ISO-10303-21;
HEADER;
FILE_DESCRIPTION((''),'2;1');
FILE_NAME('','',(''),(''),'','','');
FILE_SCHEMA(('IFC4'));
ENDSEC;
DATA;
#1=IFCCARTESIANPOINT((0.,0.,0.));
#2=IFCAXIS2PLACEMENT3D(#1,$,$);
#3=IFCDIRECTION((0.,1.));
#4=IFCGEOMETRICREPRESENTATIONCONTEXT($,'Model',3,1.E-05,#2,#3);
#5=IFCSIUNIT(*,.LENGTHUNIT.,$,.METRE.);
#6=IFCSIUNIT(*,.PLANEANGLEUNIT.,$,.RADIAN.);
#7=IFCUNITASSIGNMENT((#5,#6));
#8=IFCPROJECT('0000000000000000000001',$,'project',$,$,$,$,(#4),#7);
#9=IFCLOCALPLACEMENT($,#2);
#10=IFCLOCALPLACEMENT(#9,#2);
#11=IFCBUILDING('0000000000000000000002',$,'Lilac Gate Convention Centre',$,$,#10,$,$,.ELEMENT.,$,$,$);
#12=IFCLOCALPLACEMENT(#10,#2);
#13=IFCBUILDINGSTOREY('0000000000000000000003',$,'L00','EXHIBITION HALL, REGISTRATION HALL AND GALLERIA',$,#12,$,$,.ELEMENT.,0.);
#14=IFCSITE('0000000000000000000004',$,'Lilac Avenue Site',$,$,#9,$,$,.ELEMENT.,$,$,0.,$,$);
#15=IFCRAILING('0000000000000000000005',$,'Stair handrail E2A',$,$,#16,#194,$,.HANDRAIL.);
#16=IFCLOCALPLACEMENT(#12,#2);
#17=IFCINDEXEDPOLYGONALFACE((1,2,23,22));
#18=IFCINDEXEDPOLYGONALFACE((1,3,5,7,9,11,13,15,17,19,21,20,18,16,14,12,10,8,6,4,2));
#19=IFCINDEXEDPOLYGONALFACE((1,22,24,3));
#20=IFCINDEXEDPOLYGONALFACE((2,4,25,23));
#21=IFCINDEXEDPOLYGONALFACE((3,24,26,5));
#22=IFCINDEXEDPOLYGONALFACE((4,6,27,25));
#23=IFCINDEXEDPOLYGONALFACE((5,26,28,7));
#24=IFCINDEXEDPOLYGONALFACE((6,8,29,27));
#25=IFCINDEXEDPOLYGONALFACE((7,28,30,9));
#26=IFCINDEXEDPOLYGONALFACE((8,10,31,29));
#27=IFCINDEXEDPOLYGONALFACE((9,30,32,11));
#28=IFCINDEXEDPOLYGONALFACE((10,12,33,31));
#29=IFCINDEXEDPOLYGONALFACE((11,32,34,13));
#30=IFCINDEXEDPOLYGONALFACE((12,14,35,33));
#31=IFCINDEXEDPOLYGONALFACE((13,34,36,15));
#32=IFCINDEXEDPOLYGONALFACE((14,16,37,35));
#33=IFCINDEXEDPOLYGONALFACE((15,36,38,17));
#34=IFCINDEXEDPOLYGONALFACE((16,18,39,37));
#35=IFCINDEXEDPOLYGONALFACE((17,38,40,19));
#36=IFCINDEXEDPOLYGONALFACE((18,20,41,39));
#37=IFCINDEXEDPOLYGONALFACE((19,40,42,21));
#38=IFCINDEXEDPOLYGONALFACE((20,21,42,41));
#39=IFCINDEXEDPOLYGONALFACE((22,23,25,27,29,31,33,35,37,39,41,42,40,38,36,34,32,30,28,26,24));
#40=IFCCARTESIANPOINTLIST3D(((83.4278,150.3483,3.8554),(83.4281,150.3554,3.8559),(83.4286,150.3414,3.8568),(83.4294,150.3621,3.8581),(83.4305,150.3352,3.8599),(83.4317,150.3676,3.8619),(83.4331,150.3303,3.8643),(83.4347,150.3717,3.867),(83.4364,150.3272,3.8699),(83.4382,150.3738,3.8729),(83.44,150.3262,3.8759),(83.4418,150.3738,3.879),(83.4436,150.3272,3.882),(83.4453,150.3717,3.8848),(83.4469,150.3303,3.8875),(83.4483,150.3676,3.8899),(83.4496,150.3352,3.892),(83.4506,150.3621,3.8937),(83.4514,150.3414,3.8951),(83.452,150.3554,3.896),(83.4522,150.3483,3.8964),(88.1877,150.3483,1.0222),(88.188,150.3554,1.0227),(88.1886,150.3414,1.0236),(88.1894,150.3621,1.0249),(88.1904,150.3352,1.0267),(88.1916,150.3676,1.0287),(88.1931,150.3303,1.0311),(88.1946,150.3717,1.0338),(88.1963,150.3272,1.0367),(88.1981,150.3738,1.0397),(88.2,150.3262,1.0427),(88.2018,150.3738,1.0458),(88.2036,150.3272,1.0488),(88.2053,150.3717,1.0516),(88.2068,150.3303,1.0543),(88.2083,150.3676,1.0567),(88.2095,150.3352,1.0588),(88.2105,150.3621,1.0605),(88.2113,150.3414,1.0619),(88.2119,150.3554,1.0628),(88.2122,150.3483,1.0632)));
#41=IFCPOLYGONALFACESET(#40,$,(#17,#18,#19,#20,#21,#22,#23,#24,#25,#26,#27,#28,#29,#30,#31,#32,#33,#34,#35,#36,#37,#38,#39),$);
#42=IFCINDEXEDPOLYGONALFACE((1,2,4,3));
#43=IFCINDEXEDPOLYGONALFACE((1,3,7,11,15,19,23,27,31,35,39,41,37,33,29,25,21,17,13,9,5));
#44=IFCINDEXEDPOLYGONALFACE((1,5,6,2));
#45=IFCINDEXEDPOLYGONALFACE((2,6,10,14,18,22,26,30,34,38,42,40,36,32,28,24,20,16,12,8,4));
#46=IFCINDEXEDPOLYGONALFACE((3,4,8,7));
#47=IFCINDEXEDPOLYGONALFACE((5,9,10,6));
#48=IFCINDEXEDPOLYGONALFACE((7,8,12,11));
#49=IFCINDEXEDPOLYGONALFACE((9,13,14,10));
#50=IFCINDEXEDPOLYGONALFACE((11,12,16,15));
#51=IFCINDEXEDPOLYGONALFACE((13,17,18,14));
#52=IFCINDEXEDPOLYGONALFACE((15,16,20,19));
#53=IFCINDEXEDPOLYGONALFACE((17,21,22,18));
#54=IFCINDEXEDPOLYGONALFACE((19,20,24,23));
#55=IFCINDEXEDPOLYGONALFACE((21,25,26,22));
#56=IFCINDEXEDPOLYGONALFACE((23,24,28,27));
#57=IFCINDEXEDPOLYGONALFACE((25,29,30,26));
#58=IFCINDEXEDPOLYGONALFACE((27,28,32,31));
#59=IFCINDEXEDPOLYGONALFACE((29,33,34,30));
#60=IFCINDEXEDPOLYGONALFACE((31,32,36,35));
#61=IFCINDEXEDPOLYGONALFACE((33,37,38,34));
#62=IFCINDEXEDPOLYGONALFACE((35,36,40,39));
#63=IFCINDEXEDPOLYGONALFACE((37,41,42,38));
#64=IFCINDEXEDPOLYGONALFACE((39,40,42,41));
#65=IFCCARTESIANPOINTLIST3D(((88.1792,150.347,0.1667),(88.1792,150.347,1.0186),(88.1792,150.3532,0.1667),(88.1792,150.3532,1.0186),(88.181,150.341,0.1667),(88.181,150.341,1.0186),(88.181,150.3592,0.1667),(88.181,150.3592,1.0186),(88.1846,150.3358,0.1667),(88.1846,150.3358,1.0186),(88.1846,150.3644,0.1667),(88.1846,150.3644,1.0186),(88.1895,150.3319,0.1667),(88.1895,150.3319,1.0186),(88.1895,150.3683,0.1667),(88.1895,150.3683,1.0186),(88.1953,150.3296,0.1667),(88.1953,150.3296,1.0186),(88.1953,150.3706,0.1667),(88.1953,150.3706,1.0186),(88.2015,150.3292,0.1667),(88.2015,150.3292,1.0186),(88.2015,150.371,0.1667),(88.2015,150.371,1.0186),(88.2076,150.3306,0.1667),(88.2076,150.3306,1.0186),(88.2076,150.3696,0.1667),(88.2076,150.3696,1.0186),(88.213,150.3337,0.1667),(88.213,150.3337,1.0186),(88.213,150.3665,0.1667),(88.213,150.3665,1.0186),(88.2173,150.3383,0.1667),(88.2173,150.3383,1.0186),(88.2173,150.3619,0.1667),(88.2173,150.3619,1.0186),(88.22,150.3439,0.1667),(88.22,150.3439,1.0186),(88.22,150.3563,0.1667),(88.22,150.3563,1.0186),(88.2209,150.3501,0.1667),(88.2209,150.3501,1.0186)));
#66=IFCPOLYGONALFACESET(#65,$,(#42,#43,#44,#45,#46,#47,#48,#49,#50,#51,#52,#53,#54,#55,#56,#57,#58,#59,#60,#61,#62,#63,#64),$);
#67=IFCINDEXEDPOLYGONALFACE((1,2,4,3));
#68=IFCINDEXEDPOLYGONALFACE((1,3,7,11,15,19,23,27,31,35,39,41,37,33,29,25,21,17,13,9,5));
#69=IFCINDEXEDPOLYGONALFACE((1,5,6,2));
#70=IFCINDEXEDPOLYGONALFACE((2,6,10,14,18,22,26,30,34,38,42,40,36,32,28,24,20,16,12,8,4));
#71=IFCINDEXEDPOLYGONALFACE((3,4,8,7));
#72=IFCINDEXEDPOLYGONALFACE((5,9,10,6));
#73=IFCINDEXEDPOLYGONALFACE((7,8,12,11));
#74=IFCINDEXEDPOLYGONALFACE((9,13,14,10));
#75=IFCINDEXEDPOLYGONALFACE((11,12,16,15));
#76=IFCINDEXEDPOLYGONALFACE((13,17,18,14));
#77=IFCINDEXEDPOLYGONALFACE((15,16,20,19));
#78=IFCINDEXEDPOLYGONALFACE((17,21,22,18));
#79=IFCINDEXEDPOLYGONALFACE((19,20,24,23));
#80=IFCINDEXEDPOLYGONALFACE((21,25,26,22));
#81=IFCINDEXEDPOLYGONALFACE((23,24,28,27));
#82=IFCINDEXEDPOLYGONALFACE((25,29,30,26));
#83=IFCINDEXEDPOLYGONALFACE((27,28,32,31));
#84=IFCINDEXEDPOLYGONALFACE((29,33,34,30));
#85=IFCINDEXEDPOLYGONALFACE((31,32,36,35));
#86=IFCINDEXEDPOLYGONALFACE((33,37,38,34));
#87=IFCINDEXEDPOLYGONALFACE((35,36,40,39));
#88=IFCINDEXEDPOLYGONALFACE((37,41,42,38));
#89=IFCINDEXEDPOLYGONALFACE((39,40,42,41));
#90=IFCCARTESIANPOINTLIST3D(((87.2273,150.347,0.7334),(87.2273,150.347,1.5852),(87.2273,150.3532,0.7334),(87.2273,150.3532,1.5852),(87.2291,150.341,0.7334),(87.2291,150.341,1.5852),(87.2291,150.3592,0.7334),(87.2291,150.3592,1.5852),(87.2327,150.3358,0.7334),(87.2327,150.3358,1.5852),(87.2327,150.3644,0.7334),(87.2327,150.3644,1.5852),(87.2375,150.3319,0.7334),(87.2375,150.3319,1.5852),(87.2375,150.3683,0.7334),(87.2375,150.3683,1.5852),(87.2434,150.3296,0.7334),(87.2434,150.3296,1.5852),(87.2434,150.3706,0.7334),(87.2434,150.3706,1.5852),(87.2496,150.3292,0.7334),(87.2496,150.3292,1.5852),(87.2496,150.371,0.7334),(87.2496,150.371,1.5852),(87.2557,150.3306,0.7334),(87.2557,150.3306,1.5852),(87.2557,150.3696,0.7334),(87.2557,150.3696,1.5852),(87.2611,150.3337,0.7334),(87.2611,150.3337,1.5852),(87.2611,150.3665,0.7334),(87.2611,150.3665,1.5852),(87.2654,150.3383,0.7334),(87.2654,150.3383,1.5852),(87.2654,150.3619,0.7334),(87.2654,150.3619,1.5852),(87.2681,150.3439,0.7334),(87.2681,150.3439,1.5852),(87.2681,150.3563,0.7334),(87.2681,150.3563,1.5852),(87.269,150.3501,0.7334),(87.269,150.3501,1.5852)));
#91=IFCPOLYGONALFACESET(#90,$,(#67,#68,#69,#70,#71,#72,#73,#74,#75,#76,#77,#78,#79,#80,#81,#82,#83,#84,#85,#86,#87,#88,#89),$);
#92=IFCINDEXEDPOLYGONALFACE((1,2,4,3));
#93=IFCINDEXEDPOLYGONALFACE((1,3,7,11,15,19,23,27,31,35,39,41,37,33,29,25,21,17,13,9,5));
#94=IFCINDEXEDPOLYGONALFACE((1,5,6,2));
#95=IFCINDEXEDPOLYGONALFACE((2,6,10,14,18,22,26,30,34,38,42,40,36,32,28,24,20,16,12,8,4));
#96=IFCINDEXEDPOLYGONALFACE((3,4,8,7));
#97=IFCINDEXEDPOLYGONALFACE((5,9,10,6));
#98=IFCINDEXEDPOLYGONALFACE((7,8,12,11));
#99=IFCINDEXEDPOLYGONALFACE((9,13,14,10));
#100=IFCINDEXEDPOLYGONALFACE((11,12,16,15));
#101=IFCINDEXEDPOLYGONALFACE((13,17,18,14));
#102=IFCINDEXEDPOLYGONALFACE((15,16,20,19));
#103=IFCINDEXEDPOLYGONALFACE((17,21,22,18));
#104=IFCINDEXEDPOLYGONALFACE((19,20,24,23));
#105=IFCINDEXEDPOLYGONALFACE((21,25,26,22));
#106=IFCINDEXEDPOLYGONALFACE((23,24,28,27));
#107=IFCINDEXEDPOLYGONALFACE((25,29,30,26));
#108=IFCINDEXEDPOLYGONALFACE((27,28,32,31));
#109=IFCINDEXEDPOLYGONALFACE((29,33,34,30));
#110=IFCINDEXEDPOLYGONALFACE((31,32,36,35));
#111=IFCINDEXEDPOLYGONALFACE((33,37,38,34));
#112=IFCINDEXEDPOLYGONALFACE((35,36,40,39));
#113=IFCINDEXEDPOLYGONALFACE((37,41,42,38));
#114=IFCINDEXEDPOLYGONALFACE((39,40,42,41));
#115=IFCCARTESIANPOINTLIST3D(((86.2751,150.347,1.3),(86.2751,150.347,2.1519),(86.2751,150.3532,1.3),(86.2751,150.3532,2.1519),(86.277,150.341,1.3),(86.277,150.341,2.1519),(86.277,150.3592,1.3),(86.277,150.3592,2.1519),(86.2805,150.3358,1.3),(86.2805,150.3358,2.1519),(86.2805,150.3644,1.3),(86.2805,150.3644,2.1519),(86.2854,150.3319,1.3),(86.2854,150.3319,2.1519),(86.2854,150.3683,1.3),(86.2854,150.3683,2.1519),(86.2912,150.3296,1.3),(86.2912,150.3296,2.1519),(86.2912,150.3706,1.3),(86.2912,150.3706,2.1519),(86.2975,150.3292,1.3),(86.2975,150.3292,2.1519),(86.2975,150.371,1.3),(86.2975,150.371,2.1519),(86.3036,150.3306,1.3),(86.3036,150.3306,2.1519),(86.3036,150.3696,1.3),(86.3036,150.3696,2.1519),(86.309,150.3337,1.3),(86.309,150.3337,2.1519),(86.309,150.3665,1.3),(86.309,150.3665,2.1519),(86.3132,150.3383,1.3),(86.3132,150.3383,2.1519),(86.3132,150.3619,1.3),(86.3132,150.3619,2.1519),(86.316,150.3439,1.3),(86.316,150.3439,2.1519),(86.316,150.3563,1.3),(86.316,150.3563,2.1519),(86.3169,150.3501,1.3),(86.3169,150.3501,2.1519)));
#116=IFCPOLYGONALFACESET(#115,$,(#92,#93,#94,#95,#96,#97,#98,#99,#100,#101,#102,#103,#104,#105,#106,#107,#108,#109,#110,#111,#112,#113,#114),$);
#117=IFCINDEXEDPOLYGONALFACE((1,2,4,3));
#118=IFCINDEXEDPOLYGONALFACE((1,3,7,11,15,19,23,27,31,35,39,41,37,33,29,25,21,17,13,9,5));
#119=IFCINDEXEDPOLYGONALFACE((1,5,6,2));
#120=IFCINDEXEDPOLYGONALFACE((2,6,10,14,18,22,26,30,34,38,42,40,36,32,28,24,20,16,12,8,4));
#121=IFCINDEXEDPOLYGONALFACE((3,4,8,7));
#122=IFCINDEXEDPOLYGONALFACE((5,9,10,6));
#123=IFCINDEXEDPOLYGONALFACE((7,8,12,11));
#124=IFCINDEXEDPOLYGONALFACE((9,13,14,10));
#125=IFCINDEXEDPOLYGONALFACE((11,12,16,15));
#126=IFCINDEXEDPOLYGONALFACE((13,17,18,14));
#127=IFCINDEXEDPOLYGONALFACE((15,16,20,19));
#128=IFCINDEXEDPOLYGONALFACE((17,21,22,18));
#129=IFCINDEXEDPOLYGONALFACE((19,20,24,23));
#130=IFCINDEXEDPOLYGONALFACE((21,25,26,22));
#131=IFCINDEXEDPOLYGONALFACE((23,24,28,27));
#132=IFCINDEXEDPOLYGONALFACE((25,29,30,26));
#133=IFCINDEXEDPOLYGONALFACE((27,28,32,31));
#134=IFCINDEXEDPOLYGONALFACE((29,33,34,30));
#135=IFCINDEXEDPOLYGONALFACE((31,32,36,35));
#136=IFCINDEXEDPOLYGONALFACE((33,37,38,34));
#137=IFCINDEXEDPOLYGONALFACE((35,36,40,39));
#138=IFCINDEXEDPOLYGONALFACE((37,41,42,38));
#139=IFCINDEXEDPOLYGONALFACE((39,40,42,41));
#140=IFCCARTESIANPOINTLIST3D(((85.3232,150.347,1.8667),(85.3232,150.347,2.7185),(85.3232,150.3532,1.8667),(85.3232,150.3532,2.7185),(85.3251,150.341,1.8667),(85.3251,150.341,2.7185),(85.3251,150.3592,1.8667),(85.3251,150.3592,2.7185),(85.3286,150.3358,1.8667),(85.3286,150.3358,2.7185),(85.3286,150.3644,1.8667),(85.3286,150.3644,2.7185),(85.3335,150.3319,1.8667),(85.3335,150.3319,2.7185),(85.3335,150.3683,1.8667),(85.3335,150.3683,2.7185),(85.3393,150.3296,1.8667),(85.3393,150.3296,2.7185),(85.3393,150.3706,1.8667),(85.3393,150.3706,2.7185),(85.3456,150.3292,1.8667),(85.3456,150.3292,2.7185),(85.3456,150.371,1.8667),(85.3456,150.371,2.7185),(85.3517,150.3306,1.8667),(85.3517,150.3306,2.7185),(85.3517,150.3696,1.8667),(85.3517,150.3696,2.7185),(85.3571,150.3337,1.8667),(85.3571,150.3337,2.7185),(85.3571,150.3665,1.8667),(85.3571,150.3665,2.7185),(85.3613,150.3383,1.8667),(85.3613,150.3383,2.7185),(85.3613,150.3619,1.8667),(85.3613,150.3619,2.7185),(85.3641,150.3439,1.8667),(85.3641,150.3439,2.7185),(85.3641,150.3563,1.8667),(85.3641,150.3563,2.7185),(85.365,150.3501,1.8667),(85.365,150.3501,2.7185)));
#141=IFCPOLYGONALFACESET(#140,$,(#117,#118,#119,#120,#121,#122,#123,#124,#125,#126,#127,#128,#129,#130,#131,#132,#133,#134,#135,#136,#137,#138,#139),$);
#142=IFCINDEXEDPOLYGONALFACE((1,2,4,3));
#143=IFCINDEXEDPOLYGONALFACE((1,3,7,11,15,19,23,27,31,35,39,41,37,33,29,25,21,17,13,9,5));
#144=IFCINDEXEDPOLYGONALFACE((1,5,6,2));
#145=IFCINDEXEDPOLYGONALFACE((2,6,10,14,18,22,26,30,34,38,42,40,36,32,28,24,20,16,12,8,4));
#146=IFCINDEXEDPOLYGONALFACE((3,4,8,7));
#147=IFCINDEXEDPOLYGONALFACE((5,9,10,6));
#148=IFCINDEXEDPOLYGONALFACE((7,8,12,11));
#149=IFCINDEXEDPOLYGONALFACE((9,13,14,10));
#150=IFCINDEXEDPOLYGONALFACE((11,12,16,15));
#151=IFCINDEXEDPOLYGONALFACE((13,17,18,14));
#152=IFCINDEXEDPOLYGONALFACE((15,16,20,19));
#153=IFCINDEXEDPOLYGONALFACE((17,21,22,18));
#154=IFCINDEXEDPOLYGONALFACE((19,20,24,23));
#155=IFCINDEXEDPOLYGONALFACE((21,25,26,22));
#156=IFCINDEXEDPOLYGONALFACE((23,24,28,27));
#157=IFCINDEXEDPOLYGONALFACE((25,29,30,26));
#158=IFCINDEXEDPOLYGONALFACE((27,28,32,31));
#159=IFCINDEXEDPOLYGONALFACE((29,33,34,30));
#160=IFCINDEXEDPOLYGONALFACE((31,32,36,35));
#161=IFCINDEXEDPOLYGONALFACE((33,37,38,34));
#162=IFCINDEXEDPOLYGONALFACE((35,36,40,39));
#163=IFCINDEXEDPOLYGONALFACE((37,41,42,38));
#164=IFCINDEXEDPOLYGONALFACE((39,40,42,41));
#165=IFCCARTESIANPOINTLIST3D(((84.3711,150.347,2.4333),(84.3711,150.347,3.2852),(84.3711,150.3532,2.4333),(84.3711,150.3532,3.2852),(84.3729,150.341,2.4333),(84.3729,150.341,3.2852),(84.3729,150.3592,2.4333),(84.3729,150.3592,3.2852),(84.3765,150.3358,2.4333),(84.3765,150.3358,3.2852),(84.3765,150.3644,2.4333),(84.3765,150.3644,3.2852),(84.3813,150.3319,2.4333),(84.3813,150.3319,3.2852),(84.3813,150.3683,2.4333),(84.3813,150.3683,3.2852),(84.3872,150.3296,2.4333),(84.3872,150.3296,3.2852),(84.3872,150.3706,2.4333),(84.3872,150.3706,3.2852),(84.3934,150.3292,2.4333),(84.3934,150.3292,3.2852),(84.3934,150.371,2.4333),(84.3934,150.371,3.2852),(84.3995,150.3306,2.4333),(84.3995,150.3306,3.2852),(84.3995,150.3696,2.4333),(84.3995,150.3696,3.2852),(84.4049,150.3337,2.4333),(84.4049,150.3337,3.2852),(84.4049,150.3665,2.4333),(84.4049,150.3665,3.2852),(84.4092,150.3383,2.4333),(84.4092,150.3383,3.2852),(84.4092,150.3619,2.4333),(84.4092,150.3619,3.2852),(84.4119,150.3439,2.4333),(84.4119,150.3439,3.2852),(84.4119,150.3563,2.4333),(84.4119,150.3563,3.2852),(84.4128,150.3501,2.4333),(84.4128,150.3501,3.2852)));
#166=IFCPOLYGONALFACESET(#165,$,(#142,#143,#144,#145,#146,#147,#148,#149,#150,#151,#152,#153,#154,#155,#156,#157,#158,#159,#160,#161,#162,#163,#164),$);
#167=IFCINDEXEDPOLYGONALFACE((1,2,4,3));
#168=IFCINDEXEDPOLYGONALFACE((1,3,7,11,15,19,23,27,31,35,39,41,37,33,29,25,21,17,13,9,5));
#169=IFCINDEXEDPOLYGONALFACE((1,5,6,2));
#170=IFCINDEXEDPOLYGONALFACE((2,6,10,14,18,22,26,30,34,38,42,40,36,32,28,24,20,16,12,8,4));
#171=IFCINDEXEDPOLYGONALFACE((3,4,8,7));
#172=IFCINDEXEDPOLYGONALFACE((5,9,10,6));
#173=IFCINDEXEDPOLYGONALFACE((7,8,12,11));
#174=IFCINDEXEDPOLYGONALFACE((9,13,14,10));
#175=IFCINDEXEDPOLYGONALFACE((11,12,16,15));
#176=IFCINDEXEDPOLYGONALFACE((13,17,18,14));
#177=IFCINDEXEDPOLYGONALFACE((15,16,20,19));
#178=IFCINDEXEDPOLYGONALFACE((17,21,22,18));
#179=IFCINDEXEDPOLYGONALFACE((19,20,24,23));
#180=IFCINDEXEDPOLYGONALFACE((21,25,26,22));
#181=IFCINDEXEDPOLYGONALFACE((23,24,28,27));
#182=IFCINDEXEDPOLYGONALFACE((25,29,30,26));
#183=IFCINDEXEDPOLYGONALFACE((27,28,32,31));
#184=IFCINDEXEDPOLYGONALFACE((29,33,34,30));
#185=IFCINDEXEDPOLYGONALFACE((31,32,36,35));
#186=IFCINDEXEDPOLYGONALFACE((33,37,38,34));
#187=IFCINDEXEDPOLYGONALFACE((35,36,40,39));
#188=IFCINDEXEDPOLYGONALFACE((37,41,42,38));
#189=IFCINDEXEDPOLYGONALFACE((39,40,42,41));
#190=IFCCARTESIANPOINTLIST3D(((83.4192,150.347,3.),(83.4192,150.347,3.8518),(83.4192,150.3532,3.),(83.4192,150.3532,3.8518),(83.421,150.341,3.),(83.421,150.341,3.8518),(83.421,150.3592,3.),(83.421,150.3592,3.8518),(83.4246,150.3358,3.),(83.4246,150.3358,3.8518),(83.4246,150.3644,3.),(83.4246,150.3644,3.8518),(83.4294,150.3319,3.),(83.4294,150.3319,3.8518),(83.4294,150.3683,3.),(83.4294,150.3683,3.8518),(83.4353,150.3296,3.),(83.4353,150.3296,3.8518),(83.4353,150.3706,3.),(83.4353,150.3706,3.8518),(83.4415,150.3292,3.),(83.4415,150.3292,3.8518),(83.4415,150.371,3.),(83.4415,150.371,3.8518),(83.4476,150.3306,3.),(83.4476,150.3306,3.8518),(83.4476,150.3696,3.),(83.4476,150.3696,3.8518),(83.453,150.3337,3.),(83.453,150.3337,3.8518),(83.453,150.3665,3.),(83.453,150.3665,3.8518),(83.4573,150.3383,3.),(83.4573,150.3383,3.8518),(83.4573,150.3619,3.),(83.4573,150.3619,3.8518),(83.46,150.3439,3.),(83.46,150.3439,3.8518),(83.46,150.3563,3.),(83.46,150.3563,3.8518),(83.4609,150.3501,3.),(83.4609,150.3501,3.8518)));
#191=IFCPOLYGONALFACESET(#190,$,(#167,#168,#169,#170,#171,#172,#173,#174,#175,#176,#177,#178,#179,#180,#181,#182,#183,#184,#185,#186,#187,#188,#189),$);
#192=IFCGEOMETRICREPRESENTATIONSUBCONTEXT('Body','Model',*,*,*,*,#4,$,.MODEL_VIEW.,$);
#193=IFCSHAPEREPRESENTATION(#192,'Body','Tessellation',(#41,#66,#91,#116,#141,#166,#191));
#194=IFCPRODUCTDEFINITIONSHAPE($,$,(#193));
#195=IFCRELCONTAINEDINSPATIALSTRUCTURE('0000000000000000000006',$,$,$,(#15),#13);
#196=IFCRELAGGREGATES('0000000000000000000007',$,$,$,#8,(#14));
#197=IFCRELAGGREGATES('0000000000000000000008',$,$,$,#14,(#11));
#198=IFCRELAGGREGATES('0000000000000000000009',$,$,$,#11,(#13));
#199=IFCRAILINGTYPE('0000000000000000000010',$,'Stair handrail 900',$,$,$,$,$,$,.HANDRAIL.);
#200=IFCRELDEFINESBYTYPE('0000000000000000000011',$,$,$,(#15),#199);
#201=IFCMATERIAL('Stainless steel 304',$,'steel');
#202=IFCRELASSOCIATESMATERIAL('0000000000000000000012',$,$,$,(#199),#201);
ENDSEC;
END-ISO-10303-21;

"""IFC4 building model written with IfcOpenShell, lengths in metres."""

from ifc_helpers import new_model, si_unit, direction, frame, origin, origin_2d, place, context, subcontext, project, spatial, circle, extrude, material, type_object, element, save


model = new_model("IFC4")

# Units and contexts
model_context = context("Model", 3, precision=1e-05, world=origin(), true_north=direction((0.0, 1.0)))
body_context = subcontext(model_context, "Body", "Model", "MODEL_VIEW")
ifc_project = project(units=[si_unit("LENGTHUNIT", "METRE"), si_unit("PLANEANGLEUNIT", "RADIAN")], contexts=[model_context])

# Site, building, storey
site_placement = place(None, origin())
site = spatial("IfcSite", under=ifc_project, at=site_placement, Name="Lilac Avenue Site", CompositionType="ELEMENT", RefElevation=0.0)
building_placement = place(site_placement, origin())
building = spatial("IfcBuilding", under=site, at=building_placement, Name="Lilac Gate Convention Centre", CompositionType="ELEMENT")
storey_placement = place(building_placement, origin())
storey = spatial("IfcBuildingStorey", under=building, at=storey_placement, Name="L00", Description="EXHIBITION HALL, REGISTRATION HALL AND GALLERIA", CompositionType="ELEMENT", Elevation=0.0)

# Railing
ifc_material_1 = material(Name="Stainless steel 304", Category="steel")
railing_type = type_object("IfcRailingType", Name="Stair handrail 900", PredefinedType="HANDRAIL", material=ifc_material_1)
for number, where, name in (
    (1, (88.2, 150.3501, 0.1667), "Stair handrail E2A"),
):
    element("IfcRailing", number, at=place(storey_placement, frame(where)), inside=storey, type_object=railing_type, Name=name, PredefinedType="HANDRAIL", context=body_context, shape_type="SweptSolid", body=[
        extrude(circle(Radius=0.0239, at=origin_2d()), frame((0.0, 0.0, 0.876), z_axis=(-0.8593, 0.0, 0.511472), x_axis=(0.0, -1.0, 0.0)), (0.0, 0.0, 1.0), 5.5393),
        extrude(circle(Radius=0.021, at=origin_2d()), origin(), (0.0, 0.0, 1.0), 0.8518),
        extrude(circle(Radius=0.021, at=origin_2d()), frame((-0.9519, 0.0, 0.5667)), (0.0, 0.0, 1.0), 0.8518),
        extrude(circle(Radius=0.021, at=origin_2d()), frame((-1.9041, 0.0, 1.1333)), (0.0, 0.0, 1.0), 0.8518),
        extrude(circle(Radius=0.021, at=origin_2d()), frame((-2.856, 0.0, 1.7)), (0.0, 0.0, 1.0), 0.8518),
        extrude(circle(Radius=0.021, at=origin_2d()), frame((-3.8081, 0.0, 2.2666)), (0.0, 0.0, 1.0), 0.8518),
        extrude(circle(Radius=0.021, at=origin_2d()), frame((-4.76, 0.0, 2.8333)), (0.0, 0.0, 1.0), 0.8518),
    ])

save(model, "model.ifc")
